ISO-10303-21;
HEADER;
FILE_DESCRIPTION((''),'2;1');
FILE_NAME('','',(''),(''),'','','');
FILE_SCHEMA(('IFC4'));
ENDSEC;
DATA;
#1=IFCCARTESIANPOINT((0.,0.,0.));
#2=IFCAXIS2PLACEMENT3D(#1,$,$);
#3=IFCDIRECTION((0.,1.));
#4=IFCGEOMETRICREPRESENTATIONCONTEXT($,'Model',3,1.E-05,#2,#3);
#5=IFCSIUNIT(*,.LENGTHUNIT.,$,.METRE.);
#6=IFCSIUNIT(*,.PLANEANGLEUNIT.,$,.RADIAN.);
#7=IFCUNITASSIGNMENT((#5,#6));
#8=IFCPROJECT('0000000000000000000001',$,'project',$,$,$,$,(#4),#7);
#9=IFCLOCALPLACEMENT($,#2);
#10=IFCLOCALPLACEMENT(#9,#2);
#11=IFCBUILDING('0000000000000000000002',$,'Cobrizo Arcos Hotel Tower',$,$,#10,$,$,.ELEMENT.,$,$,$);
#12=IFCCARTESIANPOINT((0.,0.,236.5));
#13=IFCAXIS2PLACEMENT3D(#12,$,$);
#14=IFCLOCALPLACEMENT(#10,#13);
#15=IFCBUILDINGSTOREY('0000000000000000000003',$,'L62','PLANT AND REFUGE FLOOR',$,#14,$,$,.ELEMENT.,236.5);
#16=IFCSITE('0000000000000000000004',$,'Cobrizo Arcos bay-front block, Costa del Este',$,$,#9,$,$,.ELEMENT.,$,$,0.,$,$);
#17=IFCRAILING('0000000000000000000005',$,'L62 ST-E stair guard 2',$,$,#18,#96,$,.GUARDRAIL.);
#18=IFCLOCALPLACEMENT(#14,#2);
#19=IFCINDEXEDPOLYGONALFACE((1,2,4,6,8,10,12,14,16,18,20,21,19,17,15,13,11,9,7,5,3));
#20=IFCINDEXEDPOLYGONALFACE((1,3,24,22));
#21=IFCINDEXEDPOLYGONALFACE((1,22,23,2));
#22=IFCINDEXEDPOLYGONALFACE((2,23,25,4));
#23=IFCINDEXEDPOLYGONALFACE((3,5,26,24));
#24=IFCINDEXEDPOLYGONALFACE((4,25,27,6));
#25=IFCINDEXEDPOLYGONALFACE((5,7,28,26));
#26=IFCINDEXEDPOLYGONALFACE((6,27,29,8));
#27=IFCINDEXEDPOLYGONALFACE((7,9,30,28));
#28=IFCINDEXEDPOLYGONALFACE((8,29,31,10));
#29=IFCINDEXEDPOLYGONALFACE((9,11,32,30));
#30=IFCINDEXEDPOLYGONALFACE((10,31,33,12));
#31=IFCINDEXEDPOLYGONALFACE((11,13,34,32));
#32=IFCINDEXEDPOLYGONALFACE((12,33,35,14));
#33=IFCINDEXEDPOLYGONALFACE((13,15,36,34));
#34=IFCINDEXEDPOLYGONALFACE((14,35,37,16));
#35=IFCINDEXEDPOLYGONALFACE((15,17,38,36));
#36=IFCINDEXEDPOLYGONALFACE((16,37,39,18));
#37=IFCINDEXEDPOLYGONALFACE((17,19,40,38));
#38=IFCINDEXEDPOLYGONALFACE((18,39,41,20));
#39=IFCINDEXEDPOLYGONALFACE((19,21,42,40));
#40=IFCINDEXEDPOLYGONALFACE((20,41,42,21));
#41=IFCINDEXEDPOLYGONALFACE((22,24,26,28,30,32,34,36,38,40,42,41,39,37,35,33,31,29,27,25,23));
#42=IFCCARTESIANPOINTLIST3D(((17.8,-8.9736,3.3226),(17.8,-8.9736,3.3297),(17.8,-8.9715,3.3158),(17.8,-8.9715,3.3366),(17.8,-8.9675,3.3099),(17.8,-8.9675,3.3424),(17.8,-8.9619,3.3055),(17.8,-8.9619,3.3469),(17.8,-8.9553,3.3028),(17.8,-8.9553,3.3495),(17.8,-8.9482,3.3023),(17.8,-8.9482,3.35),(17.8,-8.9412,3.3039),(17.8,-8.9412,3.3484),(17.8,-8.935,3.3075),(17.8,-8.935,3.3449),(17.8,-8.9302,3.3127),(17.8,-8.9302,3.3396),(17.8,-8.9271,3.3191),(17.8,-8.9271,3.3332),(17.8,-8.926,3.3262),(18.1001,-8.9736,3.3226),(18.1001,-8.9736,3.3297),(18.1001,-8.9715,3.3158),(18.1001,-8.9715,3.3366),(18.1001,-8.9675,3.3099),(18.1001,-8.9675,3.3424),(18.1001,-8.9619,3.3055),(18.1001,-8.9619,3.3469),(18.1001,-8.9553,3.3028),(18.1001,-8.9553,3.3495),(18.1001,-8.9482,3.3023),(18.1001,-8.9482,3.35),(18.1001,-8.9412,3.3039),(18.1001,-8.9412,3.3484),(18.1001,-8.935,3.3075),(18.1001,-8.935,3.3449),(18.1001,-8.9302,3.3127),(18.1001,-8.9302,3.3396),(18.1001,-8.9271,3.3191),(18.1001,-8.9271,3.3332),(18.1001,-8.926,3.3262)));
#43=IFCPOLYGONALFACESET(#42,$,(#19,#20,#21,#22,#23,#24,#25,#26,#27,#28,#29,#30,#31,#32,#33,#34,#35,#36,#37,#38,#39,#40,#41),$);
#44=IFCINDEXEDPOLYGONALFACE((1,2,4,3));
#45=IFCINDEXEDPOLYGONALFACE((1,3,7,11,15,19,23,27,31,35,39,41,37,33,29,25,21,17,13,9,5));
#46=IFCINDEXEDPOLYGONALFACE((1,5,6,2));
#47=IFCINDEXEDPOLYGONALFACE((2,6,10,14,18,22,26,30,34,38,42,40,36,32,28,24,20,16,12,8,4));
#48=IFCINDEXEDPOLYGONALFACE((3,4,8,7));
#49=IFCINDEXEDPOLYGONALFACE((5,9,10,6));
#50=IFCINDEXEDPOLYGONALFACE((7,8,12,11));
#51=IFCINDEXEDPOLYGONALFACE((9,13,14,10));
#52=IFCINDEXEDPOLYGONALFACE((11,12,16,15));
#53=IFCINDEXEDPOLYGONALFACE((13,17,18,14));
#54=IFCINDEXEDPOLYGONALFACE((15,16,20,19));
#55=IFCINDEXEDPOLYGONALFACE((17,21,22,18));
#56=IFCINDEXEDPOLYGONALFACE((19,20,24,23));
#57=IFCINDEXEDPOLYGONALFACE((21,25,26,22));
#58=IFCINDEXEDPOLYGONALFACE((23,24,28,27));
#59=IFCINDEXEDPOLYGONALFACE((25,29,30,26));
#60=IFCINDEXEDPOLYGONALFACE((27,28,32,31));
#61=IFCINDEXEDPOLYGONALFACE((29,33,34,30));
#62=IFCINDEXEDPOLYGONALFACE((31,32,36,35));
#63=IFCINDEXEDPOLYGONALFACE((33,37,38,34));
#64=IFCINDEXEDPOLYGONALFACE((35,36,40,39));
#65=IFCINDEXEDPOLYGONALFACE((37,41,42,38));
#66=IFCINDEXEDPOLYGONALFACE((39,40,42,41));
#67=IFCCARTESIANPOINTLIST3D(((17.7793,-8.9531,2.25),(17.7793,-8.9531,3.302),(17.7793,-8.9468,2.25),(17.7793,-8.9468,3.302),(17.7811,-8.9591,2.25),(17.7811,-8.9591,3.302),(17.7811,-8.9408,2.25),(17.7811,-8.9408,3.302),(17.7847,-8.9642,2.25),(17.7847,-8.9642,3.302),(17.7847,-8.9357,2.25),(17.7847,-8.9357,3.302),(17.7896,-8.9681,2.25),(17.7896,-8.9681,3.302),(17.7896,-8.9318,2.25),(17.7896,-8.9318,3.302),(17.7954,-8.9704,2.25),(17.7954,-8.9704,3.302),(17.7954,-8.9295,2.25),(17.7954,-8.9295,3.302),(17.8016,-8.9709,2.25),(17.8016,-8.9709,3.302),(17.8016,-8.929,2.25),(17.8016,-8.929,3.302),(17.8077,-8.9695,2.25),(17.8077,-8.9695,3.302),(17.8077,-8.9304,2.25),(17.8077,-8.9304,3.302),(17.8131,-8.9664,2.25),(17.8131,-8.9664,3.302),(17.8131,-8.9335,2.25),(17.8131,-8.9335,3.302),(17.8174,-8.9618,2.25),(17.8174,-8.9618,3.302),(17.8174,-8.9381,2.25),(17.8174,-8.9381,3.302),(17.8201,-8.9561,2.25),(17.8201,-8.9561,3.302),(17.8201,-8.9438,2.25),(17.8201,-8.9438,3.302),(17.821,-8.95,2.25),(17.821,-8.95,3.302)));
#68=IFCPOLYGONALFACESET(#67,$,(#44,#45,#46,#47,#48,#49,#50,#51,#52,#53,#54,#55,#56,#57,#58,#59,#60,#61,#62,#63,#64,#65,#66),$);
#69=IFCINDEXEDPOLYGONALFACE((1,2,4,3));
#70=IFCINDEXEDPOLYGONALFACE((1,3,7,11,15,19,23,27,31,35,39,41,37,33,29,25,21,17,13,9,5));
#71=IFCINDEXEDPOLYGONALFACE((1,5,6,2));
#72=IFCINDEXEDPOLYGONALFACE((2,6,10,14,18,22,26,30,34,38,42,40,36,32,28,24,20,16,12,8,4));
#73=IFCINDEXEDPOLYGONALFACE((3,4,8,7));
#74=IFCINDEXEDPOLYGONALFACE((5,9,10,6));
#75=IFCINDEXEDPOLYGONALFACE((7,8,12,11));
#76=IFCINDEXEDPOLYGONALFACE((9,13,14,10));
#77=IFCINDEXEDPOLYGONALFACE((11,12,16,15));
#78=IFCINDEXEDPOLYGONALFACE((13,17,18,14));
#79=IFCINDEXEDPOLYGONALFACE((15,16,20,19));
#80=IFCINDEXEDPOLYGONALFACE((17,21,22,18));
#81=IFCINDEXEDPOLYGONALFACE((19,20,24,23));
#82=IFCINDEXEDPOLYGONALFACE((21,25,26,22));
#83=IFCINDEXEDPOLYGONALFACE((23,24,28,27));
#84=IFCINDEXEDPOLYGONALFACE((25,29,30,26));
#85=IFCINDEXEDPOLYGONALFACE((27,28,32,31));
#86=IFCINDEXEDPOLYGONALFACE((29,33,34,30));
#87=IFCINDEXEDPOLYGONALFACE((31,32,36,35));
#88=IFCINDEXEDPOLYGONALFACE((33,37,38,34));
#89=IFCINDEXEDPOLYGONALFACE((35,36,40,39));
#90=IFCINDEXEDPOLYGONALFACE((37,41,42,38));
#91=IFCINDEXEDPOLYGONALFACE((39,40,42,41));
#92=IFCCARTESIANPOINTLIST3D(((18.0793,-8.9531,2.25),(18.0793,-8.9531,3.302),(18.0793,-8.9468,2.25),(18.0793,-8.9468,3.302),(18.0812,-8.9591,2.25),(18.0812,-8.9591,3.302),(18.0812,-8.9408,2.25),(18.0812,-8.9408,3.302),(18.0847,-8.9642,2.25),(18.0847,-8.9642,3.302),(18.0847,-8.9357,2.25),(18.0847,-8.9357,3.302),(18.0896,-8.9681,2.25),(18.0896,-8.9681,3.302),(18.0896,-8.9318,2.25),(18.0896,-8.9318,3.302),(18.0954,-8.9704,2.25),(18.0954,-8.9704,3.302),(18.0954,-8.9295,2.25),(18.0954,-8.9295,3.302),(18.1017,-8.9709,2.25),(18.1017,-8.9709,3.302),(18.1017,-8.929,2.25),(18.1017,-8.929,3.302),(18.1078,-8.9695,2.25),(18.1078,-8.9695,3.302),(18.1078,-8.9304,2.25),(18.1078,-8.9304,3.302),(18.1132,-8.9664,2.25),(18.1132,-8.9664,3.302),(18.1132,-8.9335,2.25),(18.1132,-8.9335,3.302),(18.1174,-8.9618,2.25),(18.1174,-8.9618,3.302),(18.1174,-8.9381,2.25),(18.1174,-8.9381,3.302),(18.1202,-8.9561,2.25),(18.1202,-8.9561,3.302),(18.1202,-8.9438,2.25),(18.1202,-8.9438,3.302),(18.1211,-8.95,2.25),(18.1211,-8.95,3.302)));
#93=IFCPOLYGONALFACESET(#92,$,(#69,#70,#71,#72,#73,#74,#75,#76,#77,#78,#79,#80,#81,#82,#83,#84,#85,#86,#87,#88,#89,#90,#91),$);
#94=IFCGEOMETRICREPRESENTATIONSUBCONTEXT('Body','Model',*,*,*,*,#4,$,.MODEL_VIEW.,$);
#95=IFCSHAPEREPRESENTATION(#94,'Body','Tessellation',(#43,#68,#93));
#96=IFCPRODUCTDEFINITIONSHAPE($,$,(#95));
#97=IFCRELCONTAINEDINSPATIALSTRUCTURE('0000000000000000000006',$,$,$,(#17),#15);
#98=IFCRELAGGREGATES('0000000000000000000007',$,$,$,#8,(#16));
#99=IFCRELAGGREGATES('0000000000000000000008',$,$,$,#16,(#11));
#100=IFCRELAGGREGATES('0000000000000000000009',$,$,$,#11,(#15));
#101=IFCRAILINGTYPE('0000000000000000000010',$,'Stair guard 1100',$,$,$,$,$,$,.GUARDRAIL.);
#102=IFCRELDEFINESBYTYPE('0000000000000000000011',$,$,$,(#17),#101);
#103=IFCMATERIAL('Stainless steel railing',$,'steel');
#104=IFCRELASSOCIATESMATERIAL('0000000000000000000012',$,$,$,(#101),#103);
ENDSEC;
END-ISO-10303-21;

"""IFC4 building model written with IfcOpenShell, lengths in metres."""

from ifc_helpers import new_model, si_unit, direction, frame, origin, origin_2d, place, context, subcontext, project, spatial, circle, extrude, material, type_object, element, save


model = new_model("IFC4")

# Units and contexts
model_context = context("Model", 3, precision=1e-05, world=origin(), true_north=direction((0.0, 1.0)))
body_context = subcontext(model_context, "Body", "Model", "MODEL_VIEW")
ifc_project = project(units=[si_unit("LENGTHUNIT", "METRE"), si_unit("PLANEANGLEUNIT", "RADIAN")], contexts=[model_context])

# Site, building, storey
site_placement = place(None, origin())
site = spatial("IfcSite", under=ifc_project, at=site_placement, Name="Cobrizo Arcos bay-front block, Costa del Este", CompositionType="ELEMENT", RefElevation=0.0)
building_placement = place(site_placement, origin())
building = spatial("IfcBuilding", under=site, at=building_placement, Name="Cobrizo Arcos Hotel Tower", CompositionType="ELEMENT")
storey_placement = place(building_placement, frame((0.0, 0.0, 236.5)))
storey = spatial("IfcBuildingStorey", under=building, at=storey_placement, Name="L62", Description="PLANT AND REFUGE FLOOR", CompositionType="ELEMENT", Elevation=236.5)

# Railing
ifc_material_1 = material(Name="Stainless steel railing", Category="steel")
railing_type_1 = type_object("IfcRailingType", Name="Stair guard 1100", PredefinedType="GUARDRAIL", material=ifc_material_1)
railing_1_placement = place(storey_placement, frame((17.8, -8.95, 2.25)))
element("IfcRailing", 1, at=railing_1_placement, inside=storey, type_object=railing_type_1, Name="L62 ST-E stair guard 2", PredefinedType="GUARDRAIL", context=body_context, shape_type="SweptSolid", body=[
    extrude(circle(Radius=0.0239, at=origin_2d()), frame((0.0, 0.0, 1.0762), z_axis=(1.0, 0.0, 0.0), x_axis=(0.0, 1.0, 0.0)), (0.0, 0.0, 1.0), 0.3),
    extrude(circle(Radius=0.021, at=origin_2d()), origin(), (0.0, 0.0, 1.0), 1.052),
    extrude(circle(Radius=0.021, at=origin_2d()), frame((0.3, 0.0, 0.0)), (0.0, 0.0, 1.0), 1.052),
])

save(model, "model.ifc")
